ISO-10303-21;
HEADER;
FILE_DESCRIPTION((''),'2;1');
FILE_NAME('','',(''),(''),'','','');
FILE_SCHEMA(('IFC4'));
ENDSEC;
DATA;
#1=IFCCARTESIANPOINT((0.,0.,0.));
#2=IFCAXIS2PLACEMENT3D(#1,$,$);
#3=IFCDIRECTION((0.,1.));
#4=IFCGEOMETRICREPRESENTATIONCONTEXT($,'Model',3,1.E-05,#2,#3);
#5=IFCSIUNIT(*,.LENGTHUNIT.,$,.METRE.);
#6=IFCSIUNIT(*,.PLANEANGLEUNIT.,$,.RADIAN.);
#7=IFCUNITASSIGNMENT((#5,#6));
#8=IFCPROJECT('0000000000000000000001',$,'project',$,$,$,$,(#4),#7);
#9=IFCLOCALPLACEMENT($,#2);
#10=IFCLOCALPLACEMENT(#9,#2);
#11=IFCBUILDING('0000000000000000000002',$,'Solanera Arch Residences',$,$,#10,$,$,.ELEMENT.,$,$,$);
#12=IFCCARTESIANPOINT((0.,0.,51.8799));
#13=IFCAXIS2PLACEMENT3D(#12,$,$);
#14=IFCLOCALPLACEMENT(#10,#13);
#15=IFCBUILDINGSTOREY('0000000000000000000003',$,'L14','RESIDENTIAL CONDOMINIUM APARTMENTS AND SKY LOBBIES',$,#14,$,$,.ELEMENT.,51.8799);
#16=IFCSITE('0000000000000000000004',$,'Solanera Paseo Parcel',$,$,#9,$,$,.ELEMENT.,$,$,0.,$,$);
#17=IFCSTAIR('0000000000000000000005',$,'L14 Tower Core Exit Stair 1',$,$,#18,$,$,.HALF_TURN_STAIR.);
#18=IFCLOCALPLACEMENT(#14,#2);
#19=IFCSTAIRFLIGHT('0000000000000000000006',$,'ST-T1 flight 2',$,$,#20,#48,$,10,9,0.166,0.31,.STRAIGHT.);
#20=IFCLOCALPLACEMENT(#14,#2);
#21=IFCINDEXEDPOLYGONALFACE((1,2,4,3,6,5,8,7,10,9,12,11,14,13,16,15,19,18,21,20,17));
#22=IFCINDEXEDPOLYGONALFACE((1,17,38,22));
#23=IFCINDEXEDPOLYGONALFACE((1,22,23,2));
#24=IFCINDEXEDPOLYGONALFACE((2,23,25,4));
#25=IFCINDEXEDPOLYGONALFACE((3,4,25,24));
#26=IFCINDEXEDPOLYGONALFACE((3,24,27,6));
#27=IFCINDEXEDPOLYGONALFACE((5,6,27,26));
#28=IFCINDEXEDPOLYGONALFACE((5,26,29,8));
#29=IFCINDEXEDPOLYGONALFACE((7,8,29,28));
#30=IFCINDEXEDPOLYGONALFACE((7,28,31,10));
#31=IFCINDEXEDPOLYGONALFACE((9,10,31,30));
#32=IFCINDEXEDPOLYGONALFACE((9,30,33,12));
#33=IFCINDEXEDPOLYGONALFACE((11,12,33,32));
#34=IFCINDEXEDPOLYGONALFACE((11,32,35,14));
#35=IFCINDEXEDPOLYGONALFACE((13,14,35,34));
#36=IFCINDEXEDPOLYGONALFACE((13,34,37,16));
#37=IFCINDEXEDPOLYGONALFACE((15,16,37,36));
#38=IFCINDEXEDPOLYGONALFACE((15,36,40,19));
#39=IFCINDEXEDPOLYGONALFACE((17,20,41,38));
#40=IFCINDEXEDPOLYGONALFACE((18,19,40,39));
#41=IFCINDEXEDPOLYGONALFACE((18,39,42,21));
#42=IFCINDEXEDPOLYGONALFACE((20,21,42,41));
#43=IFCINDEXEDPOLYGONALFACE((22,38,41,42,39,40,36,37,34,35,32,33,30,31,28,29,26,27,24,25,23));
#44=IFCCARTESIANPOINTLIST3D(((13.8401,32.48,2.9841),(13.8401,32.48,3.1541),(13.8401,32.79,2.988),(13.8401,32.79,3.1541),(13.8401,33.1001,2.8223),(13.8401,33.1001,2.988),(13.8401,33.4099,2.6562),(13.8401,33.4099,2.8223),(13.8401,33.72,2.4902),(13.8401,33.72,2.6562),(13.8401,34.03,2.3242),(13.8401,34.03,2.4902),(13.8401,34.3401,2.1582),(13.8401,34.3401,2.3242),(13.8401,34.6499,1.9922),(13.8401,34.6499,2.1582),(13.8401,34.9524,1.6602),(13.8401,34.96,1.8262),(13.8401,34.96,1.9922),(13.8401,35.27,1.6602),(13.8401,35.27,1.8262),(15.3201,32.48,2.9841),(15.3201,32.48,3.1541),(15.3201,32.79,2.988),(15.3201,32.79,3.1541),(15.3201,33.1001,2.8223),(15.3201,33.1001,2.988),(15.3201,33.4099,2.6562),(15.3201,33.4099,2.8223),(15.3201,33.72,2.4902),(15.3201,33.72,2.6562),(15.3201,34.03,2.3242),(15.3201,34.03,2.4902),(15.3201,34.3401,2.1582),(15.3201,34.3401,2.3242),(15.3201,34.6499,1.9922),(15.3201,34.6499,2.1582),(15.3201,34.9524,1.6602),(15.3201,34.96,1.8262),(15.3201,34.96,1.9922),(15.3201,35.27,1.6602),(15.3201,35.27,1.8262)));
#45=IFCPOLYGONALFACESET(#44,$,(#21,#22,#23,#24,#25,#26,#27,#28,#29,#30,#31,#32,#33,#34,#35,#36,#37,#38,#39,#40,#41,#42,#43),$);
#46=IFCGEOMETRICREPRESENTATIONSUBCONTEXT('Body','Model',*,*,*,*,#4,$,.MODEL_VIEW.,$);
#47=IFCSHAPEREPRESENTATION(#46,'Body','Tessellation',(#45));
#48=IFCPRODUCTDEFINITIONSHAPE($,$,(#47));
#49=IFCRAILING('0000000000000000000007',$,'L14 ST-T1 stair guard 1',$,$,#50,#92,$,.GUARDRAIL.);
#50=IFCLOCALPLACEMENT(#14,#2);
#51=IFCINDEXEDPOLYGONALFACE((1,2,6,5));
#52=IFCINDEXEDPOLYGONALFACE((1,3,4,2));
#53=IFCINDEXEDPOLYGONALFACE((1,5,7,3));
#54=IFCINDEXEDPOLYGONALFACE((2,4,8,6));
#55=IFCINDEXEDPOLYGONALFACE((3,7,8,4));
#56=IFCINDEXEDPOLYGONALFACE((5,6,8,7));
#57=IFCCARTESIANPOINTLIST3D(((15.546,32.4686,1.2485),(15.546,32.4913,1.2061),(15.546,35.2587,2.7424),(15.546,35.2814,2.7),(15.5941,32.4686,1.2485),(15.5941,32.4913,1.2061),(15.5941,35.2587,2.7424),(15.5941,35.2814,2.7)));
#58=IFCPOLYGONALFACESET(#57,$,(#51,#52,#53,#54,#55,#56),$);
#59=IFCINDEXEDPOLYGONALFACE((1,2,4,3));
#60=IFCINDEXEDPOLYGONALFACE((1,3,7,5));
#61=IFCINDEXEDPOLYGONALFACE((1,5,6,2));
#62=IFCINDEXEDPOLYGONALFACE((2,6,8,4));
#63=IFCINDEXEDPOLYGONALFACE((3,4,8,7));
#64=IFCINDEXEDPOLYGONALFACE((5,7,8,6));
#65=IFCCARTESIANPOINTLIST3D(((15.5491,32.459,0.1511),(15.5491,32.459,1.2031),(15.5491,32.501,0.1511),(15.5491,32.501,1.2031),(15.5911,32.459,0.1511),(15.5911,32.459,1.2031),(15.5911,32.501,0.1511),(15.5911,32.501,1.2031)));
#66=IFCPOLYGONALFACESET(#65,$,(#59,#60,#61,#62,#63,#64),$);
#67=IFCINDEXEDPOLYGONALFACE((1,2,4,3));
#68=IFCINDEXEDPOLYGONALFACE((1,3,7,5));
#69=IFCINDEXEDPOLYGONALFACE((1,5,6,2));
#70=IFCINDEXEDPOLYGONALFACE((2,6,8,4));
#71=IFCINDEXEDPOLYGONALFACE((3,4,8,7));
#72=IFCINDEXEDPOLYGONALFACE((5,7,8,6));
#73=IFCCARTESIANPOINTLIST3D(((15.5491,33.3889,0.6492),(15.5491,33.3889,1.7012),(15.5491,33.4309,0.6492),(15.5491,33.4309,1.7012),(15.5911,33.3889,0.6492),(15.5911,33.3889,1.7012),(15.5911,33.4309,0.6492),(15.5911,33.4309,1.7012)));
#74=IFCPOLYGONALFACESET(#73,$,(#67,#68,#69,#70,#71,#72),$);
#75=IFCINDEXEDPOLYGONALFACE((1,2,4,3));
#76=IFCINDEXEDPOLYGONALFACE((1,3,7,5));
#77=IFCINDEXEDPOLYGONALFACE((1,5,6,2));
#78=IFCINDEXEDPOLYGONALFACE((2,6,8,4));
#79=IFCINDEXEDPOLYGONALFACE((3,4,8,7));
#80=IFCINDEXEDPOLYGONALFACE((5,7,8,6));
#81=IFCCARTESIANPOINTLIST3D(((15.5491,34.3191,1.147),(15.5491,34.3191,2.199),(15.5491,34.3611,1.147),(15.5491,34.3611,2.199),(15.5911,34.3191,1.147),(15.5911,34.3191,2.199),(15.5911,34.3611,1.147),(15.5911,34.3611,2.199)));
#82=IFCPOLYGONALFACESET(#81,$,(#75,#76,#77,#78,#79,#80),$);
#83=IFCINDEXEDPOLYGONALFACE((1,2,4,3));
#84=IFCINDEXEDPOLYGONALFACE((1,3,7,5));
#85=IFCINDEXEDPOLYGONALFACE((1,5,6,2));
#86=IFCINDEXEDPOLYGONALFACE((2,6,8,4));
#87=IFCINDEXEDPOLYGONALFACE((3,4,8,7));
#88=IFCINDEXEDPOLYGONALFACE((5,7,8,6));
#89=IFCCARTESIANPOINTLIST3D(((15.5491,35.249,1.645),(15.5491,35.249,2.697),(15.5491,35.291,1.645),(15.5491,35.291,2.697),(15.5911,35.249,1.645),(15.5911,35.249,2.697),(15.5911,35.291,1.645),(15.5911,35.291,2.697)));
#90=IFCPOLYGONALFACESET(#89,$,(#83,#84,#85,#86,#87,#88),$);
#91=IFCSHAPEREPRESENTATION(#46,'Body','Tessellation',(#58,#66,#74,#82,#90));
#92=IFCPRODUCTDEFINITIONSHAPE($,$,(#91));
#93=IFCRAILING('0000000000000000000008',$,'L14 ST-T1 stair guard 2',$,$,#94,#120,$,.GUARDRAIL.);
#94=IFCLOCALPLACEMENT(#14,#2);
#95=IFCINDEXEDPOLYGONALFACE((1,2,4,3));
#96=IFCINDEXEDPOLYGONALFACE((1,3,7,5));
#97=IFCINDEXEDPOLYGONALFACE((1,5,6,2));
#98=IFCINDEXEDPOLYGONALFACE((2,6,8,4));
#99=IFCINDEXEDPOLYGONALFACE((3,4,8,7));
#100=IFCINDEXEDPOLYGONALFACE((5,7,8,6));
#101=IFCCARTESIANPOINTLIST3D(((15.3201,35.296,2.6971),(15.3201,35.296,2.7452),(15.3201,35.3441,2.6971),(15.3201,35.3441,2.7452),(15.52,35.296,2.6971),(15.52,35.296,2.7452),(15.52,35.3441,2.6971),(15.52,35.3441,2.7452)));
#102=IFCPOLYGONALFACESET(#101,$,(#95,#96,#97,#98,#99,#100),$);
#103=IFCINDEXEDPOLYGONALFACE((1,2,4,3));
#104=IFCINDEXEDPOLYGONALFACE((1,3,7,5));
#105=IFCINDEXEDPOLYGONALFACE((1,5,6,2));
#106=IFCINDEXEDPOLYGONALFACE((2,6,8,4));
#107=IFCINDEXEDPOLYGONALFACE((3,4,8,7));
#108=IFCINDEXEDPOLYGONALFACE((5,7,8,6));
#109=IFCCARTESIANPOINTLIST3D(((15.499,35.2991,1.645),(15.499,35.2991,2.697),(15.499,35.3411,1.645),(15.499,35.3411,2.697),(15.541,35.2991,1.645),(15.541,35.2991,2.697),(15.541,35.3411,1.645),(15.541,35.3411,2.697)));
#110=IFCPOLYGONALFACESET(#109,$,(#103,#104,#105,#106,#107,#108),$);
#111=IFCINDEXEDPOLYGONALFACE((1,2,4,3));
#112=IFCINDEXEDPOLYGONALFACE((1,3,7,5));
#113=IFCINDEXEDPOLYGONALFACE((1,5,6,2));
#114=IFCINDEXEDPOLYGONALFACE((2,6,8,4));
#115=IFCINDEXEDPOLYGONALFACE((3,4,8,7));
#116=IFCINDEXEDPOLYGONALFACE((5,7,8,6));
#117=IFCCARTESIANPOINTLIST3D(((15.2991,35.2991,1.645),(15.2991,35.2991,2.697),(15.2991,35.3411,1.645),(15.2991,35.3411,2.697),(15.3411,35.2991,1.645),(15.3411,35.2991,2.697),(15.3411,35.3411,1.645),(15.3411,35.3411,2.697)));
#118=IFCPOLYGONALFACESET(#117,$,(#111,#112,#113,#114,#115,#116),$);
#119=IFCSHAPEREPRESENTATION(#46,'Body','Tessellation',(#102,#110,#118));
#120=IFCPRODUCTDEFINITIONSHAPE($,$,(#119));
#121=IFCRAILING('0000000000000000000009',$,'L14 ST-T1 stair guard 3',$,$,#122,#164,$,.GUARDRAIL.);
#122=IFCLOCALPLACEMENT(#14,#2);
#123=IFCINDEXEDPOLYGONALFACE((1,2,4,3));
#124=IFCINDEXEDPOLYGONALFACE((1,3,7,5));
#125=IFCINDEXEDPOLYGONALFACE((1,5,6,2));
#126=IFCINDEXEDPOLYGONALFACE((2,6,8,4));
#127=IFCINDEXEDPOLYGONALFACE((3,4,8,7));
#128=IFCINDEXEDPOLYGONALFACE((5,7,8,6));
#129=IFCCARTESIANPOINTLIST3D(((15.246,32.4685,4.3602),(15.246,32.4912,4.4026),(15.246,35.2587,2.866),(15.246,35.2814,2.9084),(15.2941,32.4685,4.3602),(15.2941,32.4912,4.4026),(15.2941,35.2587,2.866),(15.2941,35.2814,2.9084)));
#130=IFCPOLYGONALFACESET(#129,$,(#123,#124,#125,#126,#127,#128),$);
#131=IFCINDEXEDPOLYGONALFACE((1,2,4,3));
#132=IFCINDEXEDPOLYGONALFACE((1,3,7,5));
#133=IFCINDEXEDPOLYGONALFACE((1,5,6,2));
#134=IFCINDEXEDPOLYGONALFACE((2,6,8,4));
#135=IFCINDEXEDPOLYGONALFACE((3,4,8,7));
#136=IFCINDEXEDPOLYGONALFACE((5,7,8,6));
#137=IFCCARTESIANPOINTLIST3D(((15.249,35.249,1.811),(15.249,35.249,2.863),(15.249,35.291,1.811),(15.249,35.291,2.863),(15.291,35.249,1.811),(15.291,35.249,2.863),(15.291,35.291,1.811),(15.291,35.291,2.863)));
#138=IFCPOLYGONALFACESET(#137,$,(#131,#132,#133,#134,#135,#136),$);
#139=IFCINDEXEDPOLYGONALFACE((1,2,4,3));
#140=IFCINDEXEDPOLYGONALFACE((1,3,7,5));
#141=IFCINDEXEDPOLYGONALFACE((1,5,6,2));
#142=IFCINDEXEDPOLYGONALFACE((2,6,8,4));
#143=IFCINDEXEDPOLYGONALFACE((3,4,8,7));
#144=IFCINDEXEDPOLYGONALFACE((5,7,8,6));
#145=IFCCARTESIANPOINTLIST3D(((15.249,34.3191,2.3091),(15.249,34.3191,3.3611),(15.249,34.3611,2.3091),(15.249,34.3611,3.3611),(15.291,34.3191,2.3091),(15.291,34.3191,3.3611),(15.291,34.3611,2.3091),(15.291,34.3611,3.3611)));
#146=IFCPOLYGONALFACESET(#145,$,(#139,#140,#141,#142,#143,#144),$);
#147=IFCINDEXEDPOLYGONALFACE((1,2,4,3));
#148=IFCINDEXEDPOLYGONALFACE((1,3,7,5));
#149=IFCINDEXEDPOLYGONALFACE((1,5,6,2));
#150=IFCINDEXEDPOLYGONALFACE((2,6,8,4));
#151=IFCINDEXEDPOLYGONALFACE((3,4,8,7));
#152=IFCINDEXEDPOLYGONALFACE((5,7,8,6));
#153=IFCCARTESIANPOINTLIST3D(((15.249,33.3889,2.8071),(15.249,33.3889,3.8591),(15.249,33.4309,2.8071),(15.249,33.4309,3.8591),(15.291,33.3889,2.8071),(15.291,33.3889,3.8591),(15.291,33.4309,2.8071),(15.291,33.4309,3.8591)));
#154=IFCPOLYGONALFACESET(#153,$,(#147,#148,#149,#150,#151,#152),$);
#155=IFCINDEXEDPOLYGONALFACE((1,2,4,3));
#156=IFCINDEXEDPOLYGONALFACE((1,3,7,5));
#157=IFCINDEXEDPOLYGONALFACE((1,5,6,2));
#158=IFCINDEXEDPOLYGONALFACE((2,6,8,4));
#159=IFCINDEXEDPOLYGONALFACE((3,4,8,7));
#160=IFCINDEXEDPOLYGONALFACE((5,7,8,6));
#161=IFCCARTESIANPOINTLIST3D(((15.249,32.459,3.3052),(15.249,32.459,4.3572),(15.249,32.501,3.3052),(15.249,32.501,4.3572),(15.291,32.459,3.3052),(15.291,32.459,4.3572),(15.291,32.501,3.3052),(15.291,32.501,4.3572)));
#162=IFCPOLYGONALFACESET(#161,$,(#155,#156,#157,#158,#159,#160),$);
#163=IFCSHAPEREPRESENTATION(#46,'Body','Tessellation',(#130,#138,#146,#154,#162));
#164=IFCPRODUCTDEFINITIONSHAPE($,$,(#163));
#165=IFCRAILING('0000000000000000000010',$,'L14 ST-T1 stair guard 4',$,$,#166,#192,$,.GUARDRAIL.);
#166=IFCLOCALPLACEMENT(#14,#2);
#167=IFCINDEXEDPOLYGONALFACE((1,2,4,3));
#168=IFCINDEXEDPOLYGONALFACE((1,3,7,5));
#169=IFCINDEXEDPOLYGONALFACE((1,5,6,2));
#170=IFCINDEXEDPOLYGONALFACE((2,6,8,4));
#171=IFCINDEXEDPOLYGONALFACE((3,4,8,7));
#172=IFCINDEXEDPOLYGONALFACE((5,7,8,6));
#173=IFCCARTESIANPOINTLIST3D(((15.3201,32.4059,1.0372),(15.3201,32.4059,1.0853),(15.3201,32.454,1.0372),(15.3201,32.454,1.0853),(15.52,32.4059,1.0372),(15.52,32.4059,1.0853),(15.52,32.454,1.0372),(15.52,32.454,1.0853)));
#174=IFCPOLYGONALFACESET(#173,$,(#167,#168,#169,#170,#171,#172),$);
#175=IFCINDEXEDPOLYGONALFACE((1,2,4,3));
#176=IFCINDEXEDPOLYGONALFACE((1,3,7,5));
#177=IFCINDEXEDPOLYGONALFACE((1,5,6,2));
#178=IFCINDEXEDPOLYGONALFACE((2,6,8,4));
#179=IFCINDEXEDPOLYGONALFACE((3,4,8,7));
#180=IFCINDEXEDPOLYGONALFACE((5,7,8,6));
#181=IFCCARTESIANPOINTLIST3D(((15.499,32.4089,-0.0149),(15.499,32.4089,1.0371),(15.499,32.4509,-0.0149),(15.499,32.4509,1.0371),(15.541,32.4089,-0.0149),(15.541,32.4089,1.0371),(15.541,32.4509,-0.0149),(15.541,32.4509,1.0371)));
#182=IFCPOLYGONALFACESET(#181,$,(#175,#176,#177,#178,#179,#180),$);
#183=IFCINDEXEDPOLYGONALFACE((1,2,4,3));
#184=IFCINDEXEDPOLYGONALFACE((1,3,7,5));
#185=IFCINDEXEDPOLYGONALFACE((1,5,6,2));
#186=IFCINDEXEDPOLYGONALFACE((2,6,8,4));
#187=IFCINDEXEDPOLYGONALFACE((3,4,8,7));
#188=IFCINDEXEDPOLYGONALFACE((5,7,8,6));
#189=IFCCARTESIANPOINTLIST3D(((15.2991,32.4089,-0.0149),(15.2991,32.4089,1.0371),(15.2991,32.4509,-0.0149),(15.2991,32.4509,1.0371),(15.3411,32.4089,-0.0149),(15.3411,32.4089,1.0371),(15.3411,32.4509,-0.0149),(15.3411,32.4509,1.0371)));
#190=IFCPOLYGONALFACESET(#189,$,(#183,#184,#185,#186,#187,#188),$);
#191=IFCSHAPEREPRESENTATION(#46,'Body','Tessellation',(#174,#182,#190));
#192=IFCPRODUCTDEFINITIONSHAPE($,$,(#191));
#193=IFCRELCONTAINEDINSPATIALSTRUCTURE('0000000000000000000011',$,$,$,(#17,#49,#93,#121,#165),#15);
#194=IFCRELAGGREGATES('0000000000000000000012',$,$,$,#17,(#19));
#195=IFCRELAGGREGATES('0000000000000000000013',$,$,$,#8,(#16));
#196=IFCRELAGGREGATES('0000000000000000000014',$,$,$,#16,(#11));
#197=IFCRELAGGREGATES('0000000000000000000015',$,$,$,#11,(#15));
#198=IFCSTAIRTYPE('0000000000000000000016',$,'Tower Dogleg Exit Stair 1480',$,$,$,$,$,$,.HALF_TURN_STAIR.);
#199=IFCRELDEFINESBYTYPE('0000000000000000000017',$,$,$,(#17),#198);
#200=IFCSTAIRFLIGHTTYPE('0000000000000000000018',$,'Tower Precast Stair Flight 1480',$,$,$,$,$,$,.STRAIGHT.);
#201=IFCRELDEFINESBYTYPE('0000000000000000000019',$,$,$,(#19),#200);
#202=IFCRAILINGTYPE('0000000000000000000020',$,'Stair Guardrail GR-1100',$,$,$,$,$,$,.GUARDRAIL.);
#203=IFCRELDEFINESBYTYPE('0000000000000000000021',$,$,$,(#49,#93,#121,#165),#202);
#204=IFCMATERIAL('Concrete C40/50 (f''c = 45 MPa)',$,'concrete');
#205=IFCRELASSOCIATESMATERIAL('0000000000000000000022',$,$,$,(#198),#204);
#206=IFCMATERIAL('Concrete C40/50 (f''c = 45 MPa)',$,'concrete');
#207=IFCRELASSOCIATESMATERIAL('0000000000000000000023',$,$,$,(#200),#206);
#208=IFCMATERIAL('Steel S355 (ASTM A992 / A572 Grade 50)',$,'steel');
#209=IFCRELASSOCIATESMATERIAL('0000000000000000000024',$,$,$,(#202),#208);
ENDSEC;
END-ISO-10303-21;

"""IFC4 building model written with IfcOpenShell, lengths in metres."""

from ifc_helpers import new_model, si_unit, direction, frame, origin, origin_2d, place, context, subcontext, project, spatial, polyline, rectangle, outline, extrude, material, type_object, element, aggregate, save


model = new_model("IFC4")

# Units and contexts
model_context = context("Model", 3, precision=1e-05, world=origin(), true_north=direction((0.0, 1.0)))
body_context = subcontext(model_context, "Body", "Model", "MODEL_VIEW")
ifc_project = project(units=[si_unit("LENGTHUNIT", "METRE"), si_unit("PLANEANGLEUNIT", "RADIAN")], contexts=[model_context])

# Site, building, storey
site_placement = place(None, origin())
site = spatial("IfcSite", under=ifc_project, at=site_placement, Name="Solanera Paseo Parcel", CompositionType="ELEMENT", RefElevation=0.0)
building_placement = place(site_placement, origin())
building = spatial("IfcBuilding", under=site, at=building_placement, Name="Solanera Arch Residences", CompositionType="ELEMENT")
storey_placement = place(building_placement, frame((0.0, 0.0, 51.8799)))
storey = spatial("IfcBuildingStorey", under=building, at=storey_placement, Name="L14", Description="RESIDENTIAL CONDOMINIUM APARTMENTS AND SKY LOBBIES", CompositionType="ELEMENT", Elevation=51.8799)

# Stair, stair flight
ifc_material_1 = material(Name="Concrete C40/50 (f'c = 45 MPa)", Category="concrete")
stair_type = type_object("IfcStairType", Name="Tower Dogleg Exit Stair 1480", PredefinedType="HALF_TURN_STAIR", material=ifc_material_1)
stair_placement = place(storey_placement, origin())
stair = element("IfcStair", 1, at=stair_placement, inside=storey, type_object=stair_type, Name="L14 Tower Core Exit Stair 1", PredefinedType="HALF_TURN_STAIR")
ifc_material_2 = material(Name="Concrete C40/50 (f'c = 45 MPa)", Category="concrete")
stair_flight_type = type_object("IfcStairFlightType", Name="Tower Precast Stair Flight 1480", PredefinedType="STRAIGHT", material=ifc_material_2)
stair_flight_1_placement = place(storey_placement, frame((14.5801, 35.27, 1.6602), z_axis=(0.0, 0.0, 1.0), x_axis=(0.0, -1.0, 0.0)))
stair_flight_1 = element("IfcStairFlight", 2, at=stair_flight_1_placement, type_object=stair_flight_type, Name="ST-T1 flight 2", NumberOfRisers=10, NumberOfTreads=9, PredefinedType="STRAIGHT", RiserHeight=0.166, TreadLength=0.31, context=body_context, shape_type="SweptSolid", body=[
    extrude(outline(polyline([(0.0, 0.0), (0.0, 0.166), (0.3101, 0.166), (0.3101, 0.332), (0.6201, 0.332), (0.6201, 0.498), (0.9299, 0.498), (0.9299, 0.6641), (1.24, 0.6641), (1.24, 0.8301), (1.55, 0.8301), (1.55, 0.9961), (1.8601, 0.9961), (1.8601, 1.1621), (2.1699, 1.1621), (2.1699, 1.3279), (2.48, 1.3279), (2.48, 1.4939), (2.79, 1.4939), (2.79, 1.6599), (2.79, 1.324), (0.3176, 0.0), (0.0, 0.0)])), frame((0.0, 0.74, 0.0), z_axis=(0.0, -1.0, 0.0), x_axis=(1.0, 0.0, 0.0)), (0.0, 0.0, 1.0), 1.48),
])
aggregate(stair, [stair_flight_1])

# Railings
ifc_material_3 = material(Name="Steel S355 (ASTM A992 / A572 Grade 50)", Category="steel")
railing_type_1 = type_object("IfcRailingType", Name="Stair Guardrail GR-1100", PredefinedType="GUARDRAIL", material=ifc_material_3)
railing_1_placement = place(storey_placement, frame((15.5701, 32.48, 0.1511)))
element("IfcRailing", 3, at=railing_1_placement, inside=storey, type_object=railing_type_1, Name="L14 ST-T1 stair guard 1", PredefinedType="GUARDRAIL", context=body_context, shape_type="SweptSolid", body=[
    extrude(rectangle(XDim=0.0481, YDim=0.0481, at=origin_2d()), frame((0.0, 0.0, 1.0762), z_axis=(0.0, 0.881581, 0.472033), x_axis=(-1.0, 0.0, 0.0)), (0.0, 0.0, 1.0), 3.1648),
    extrude(rectangle(XDim=0.042, YDim=0.042, at=origin_2d()), origin(), (0.0, 0.0, 1.0), 1.052),
    extrude(rectangle(XDim=0.042, YDim=0.042, at=origin_2d()), frame((0.0, 0.9299, 0.498)), (0.0, 0.0, 1.0), 1.052),
    extrude(rectangle(XDim=0.042, YDim=0.042, at=origin_2d()), frame((0.0, 1.8601, 0.9958)), (0.0, 0.0, 1.0), 1.052),
    extrude(rectangle(XDim=0.042, YDim=0.042, at=origin_2d()), frame((0.0, 2.79, 1.4939)), (0.0, 0.0, 1.0), 1.052),
])
railing_2_placement = place(storey_placement, frame((15.52, 35.3201, 1.645)))
element("IfcRailing", 4, at=railing_2_placement, inside=storey, type_object=railing_type_1, Name="L14 ST-T1 stair guard 2", PredefinedType="GUARDRAIL", context=body_context, shape_type="SweptSolid", body=[
    extrude(rectangle(XDim=0.0481, YDim=0.0481, at=origin_2d()), frame((0.0, 0.0, 1.0762), z_axis=(-1.0, 0.0, 0.0), x_axis=(0.0, -1.0, 0.0)), (0.0, 0.0, 1.0), 0.2),
    extrude(rectangle(XDim=0.042, YDim=0.042, at=origin_2d()), origin(), (0.0, 0.0, 1.0), 1.052),
    extrude(rectangle(XDim=0.042, YDim=0.042, at=origin_2d()), frame((-0.2, 0.0, 0.0)), (0.0, 0.0, 1.0), 1.052),
])
railing_3_placement = place(storey_placement, frame((15.27, 35.27, 1.811)))
element("IfcRailing", 5, at=railing_3_placement, inside=storey, type_object=railing_type_1, Name="L14 ST-T1 stair guard 3", PredefinedType="GUARDRAIL", context=body_context, shape_type="SweptSolid", body=[
    extrude(rectangle(XDim=0.0481, YDim=0.0481, at=origin_2d()), frame((0.0, 0.0, 1.0762), z_axis=(0.0, -0.881549, 0.472093), x_axis=(1.0, 0.0, 0.0)), (0.0, 0.0, 1.0), 3.165),
    extrude(rectangle(XDim=0.042, YDim=0.042, at=origin_2d()), origin(), (0.0, 0.0, 1.0), 1.052),
    extrude(rectangle(XDim=0.042, YDim=0.042, at=origin_2d()), frame((0.0, -0.9299, 0.498)), (0.0, 0.0, 1.0), 1.052),
    extrude(rectangle(XDim=0.042, YDim=0.042, at=origin_2d()), frame((0.0, -1.8601, 0.9961)), (0.0, 0.0, 1.0), 1.052),
    extrude(rectangle(XDim=0.042, YDim=0.042, at=origin_2d()), frame((0.0, -2.79, 1.4941)), (0.0, 0.0, 1.0), 1.052),
])
railing_4_placement = place(storey_placement, frame((15.52, 32.4299, -0.0149)))
element("IfcRailing", 6, at=railing_4_placement, inside=storey, type_object=railing_type_1, Name="L14 ST-T1 stair guard 4", PredefinedType="GUARDRAIL", context=body_context, shape_type="SweptSolid", body=[
    extrude(rectangle(XDim=0.0481, YDim=0.0481, at=origin_2d()), frame((0.0, 0.0, 1.0762), z_axis=(-1.0, 0.0, 0.0), x_axis=(0.0, -1.0, 0.0)), (0.0, 0.0, 1.0), 0.2),
    extrude(rectangle(XDim=0.042, YDim=0.042, at=origin_2d()), origin(), (0.0, 0.0, 1.0), 1.052),
    extrude(rectangle(XDim=0.042, YDim=0.042, at=origin_2d()), frame((-0.2, 0.0, 0.0)), (0.0, 0.0, 1.0), 1.052),
])

save(model, "model.ifc")
